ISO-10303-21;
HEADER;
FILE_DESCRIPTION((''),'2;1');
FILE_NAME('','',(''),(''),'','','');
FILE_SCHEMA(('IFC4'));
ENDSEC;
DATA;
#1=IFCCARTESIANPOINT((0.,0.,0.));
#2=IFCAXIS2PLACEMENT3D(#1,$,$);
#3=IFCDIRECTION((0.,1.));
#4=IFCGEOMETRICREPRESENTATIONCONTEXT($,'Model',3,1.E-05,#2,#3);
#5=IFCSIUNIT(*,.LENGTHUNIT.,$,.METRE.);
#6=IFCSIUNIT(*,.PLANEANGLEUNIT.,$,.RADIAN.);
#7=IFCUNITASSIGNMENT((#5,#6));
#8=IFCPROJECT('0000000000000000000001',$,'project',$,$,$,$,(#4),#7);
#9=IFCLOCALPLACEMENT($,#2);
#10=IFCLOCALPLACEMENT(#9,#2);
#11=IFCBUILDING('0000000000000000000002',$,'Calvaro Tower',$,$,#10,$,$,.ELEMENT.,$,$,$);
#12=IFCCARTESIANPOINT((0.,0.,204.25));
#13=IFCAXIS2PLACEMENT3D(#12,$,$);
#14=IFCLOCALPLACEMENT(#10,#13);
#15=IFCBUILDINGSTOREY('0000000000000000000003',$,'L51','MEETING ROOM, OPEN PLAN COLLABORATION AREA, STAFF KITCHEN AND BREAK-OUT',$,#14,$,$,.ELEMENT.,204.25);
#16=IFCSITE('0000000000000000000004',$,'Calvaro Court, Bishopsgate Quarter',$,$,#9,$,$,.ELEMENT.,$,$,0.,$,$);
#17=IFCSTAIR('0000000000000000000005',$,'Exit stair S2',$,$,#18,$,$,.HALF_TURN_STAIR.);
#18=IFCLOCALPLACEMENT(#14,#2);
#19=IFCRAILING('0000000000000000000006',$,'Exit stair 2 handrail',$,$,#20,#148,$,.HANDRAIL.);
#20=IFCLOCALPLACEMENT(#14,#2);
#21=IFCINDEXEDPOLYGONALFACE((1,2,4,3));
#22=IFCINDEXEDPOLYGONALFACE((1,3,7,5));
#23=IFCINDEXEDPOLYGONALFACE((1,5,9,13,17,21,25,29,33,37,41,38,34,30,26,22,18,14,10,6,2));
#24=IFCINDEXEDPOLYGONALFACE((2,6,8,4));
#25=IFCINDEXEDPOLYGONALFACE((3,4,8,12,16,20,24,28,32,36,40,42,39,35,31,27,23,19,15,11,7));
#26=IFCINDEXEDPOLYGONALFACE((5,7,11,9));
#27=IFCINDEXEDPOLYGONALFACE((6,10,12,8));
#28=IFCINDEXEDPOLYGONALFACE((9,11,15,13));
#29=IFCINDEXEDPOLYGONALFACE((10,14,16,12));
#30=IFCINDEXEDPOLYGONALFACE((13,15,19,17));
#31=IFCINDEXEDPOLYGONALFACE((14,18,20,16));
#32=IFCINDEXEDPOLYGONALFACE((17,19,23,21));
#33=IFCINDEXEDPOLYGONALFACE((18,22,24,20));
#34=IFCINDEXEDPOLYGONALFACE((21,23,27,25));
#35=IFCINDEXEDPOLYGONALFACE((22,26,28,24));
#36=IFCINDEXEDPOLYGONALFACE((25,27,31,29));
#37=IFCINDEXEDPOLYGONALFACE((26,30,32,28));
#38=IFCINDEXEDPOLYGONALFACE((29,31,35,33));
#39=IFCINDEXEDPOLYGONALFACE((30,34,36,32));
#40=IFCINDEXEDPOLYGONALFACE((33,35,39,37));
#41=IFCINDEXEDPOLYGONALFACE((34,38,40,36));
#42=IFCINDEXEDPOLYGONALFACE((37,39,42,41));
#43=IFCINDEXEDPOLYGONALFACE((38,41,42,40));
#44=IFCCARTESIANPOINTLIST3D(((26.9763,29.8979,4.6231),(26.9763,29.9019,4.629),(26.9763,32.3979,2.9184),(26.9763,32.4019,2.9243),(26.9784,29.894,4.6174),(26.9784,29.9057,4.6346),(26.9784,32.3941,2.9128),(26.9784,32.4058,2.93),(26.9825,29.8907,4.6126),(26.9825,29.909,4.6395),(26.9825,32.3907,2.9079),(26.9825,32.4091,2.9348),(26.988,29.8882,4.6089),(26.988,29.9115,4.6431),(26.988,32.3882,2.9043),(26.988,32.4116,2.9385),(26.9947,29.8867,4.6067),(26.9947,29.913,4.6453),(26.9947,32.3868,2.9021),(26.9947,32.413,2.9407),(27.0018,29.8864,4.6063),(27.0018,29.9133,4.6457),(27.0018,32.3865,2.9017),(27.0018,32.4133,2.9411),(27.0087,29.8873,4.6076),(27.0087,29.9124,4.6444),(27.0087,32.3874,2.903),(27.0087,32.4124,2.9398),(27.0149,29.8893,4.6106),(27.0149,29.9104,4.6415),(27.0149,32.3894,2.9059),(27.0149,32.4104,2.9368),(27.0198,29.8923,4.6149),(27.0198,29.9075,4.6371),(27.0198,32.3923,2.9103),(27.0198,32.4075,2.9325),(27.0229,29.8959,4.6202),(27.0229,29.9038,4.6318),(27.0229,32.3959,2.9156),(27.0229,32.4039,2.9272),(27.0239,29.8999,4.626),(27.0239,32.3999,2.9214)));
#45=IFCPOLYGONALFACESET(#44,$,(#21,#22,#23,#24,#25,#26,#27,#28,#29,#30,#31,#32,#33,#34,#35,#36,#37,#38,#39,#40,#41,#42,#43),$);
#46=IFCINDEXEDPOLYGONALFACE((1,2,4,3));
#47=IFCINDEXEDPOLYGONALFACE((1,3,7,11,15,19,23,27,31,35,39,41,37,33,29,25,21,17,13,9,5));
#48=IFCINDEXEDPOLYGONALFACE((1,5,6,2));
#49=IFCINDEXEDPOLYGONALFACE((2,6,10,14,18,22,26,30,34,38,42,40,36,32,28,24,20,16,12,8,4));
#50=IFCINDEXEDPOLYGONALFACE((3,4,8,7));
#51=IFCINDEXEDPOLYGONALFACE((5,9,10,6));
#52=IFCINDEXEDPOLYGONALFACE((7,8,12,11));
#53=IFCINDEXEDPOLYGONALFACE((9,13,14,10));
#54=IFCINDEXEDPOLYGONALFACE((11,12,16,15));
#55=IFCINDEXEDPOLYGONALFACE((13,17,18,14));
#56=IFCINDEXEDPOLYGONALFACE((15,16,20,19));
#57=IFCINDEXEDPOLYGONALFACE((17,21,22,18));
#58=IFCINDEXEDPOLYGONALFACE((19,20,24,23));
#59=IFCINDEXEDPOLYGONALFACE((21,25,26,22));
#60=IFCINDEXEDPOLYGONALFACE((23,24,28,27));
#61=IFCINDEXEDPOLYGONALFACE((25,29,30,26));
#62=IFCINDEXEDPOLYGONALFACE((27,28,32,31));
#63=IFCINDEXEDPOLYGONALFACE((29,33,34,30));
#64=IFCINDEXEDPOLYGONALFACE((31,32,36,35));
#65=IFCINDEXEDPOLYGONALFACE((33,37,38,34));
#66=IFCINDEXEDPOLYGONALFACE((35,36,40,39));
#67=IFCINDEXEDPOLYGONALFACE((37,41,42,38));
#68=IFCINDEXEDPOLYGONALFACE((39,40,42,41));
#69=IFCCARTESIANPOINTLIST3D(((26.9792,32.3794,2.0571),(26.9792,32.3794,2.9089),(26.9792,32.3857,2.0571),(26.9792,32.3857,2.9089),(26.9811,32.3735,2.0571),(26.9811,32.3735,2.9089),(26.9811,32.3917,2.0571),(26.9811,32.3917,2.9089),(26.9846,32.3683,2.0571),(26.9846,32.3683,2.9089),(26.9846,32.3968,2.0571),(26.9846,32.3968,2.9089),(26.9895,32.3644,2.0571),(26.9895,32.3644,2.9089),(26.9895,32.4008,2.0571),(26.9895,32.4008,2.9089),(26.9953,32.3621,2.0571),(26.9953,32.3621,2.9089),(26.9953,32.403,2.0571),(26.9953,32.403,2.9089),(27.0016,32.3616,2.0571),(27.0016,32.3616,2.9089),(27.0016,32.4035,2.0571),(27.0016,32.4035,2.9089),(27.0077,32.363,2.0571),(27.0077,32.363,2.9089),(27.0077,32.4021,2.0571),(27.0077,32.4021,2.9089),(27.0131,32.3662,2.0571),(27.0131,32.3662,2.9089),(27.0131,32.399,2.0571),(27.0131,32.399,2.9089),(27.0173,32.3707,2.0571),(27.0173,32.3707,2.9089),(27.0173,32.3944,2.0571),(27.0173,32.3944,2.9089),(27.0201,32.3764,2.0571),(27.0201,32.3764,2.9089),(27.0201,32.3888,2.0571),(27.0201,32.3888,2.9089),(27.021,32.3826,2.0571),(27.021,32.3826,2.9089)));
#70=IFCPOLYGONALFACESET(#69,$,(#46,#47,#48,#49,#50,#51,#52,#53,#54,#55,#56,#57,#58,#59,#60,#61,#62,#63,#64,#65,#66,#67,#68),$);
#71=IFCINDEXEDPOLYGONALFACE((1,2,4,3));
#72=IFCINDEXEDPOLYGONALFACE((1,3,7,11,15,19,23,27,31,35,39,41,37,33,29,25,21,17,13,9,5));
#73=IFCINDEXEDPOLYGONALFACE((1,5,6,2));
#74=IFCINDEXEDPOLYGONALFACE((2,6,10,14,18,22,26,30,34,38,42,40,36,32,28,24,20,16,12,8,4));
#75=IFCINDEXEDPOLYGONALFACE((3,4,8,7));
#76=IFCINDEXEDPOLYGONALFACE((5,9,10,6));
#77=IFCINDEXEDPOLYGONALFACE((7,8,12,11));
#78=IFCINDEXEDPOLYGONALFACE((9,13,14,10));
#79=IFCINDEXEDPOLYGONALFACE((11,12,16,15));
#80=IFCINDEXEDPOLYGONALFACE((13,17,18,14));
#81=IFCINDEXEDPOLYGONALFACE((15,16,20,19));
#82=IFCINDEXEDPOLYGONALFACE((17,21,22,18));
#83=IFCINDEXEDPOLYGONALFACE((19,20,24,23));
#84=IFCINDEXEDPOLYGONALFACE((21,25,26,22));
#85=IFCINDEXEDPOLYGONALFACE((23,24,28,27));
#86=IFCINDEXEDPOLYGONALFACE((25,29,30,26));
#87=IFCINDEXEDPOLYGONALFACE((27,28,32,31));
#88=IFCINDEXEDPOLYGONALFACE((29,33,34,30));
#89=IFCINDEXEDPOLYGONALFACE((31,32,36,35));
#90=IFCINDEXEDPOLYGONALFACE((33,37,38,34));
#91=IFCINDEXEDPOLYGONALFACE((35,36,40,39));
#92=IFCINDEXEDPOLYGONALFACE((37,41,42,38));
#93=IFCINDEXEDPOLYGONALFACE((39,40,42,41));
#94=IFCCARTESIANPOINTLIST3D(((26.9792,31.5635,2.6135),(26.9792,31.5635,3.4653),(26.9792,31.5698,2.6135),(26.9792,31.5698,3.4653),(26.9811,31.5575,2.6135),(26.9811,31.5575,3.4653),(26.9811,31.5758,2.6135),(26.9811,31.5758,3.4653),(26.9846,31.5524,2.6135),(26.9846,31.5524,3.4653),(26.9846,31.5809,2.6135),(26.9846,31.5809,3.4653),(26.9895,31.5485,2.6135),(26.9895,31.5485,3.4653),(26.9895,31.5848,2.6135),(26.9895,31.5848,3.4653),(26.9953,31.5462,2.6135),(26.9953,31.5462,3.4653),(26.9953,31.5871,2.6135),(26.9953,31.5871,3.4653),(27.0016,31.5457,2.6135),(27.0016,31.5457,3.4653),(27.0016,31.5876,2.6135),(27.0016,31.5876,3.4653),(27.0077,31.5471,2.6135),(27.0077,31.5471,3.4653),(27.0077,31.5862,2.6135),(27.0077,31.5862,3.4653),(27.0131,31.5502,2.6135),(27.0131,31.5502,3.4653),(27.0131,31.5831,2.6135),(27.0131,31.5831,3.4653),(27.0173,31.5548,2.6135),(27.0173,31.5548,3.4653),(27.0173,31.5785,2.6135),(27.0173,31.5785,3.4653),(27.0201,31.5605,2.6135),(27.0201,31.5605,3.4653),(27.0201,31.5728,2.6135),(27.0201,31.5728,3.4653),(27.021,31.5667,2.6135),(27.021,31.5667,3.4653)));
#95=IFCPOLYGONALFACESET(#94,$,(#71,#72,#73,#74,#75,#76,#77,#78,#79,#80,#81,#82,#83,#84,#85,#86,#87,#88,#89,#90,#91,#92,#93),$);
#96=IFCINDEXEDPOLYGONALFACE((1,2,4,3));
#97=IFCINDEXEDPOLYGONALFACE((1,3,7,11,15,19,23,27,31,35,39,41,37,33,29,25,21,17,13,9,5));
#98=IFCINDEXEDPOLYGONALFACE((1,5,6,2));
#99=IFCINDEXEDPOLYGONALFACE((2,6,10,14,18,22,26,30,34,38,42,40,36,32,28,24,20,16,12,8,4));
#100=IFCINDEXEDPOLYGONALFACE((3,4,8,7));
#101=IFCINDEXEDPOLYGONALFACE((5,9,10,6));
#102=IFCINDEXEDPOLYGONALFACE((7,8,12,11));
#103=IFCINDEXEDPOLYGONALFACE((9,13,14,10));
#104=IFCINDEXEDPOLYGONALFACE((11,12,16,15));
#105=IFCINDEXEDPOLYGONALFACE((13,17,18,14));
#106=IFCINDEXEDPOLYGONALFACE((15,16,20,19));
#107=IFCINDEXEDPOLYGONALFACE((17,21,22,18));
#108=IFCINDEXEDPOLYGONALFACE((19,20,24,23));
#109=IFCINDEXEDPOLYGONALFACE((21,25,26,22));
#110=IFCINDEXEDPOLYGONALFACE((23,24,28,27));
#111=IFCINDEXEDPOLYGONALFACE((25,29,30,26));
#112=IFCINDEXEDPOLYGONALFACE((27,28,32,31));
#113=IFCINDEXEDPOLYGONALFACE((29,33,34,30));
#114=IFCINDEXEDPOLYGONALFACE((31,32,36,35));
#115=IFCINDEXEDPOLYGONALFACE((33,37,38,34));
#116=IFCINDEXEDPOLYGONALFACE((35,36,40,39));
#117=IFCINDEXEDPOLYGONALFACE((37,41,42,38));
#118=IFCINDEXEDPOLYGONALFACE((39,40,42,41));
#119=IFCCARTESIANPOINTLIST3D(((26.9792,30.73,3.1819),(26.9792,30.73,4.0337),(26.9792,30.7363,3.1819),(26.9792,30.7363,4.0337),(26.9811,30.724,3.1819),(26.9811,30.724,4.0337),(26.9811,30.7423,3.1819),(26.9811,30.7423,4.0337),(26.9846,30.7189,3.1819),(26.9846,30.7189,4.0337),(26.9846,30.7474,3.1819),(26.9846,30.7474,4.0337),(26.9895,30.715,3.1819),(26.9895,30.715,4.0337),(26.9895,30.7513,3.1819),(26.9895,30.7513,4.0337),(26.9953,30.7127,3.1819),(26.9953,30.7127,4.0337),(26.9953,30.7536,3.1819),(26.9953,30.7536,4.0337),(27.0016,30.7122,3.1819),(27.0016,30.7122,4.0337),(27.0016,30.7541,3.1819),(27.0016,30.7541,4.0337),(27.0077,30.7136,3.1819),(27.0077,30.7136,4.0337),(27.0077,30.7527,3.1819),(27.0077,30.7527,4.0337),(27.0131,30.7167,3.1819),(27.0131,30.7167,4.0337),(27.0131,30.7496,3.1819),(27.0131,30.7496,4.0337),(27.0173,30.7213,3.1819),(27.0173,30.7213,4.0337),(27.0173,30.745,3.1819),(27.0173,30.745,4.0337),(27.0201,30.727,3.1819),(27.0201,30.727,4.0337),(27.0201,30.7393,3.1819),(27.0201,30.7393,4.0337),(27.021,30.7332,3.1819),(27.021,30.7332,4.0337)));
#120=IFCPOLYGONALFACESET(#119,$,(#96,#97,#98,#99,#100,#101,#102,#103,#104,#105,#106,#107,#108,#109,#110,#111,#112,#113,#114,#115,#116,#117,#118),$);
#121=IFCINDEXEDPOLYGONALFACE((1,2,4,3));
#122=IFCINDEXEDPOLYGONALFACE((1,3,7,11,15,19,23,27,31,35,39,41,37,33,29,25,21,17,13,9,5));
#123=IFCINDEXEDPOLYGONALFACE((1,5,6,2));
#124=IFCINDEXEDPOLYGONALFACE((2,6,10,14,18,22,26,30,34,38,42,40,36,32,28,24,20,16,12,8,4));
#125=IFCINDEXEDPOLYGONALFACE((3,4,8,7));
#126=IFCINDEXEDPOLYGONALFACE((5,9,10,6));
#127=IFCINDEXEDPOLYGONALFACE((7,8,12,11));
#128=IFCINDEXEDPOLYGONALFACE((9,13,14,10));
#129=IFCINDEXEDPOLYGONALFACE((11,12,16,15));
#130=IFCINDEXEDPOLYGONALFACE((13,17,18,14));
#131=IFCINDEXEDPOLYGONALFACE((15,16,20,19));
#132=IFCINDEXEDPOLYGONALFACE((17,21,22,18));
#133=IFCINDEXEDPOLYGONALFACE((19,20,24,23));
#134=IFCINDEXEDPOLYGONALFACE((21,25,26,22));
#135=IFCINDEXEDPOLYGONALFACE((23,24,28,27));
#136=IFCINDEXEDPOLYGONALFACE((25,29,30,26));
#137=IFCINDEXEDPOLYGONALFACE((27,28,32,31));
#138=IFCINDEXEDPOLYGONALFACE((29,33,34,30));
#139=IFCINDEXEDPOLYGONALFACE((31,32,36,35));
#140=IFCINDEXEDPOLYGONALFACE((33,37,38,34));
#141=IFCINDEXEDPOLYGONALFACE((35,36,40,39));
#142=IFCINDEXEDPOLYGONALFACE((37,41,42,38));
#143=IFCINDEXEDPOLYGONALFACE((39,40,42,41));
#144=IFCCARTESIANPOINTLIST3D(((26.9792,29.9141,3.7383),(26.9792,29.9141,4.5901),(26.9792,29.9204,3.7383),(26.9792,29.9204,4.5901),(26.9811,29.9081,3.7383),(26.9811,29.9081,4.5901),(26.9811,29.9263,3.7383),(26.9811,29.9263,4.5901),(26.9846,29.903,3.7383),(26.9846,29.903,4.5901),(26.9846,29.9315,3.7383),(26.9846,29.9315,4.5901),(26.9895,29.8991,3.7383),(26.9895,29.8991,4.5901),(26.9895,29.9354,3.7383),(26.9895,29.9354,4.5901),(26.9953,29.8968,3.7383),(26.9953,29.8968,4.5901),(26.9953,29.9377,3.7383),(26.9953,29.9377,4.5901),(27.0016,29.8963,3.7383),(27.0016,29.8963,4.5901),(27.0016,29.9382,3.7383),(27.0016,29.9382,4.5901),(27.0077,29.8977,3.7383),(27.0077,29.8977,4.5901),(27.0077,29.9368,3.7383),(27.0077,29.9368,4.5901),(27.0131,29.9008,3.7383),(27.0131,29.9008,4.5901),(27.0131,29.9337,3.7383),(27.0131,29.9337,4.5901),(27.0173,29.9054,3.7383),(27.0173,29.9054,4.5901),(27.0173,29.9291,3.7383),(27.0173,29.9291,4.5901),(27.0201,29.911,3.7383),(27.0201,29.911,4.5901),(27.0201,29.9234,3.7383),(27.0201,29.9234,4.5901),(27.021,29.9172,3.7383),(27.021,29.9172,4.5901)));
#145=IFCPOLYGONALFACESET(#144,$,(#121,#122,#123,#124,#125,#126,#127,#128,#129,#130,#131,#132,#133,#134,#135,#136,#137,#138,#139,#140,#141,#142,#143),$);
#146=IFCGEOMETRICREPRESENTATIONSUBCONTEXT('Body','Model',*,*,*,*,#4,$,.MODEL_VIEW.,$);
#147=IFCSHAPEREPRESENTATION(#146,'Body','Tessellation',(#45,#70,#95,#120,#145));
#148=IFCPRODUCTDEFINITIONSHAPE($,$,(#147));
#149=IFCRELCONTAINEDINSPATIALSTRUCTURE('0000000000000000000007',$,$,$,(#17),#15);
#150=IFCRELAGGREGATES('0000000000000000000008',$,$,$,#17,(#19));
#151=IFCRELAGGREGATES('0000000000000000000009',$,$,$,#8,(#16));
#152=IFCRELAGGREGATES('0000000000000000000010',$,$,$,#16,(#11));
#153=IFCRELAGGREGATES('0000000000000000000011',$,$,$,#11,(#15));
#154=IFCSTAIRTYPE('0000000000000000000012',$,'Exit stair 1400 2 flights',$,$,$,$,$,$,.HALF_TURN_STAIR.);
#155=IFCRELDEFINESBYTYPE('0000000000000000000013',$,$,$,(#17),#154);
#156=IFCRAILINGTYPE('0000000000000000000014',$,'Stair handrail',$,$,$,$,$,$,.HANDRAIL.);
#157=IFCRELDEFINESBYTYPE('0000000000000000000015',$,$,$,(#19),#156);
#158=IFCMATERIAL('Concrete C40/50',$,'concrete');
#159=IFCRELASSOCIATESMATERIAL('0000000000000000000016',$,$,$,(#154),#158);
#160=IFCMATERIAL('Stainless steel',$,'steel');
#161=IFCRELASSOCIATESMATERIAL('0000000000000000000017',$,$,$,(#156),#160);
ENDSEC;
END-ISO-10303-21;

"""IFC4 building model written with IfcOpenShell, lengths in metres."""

from ifc_helpers import new_model, si_unit, direction, frame, origin, origin_2d, place, context, subcontext, project, spatial, circle, extrude, material, type_object, element, aggregate, save


model = new_model("IFC4")

# Units and contexts
model_context = context("Model", 3, precision=1e-05, world=origin(), true_north=direction((0.0, 1.0)))
body_context = subcontext(model_context, "Body", "Model", "MODEL_VIEW")
ifc_project = project(units=[si_unit("LENGTHUNIT", "METRE"), si_unit("PLANEANGLEUNIT", "RADIAN")], contexts=[model_context])

# Site, building, storey
site_placement = place(None, origin())
site = spatial("IfcSite", under=ifc_project, at=site_placement, Name="Calvaro Court, Bishopsgate Quarter", CompositionType="ELEMENT", RefElevation=0.0)
building_placement = place(site_placement, origin())
building = spatial("IfcBuilding", under=site, at=building_placement, Name="Calvaro Tower", CompositionType="ELEMENT")
storey_placement = place(building_placement, frame((0.0, 0.0, 204.25)))
storey = spatial("IfcBuildingStorey", under=building, at=storey_placement, Name="L51", Description="MEETING ROOM, OPEN PLAN COLLABORATION AREA, STAFF KITCHEN AND BREAK-OUT", CompositionType="ELEMENT", Elevation=204.25)

# Stair, railing
ifc_material_1 = material(Name="Concrete C40/50", Category="concrete")
stair_type = type_object("IfcStairType", Name="Exit stair 1400 2 flights", PredefinedType="HALF_TURN_STAIR", material=ifc_material_1)
stair_placement = place(storey_placement, origin())
stair = element("IfcStair", 1, at=stair_placement, inside=storey, type_object=stair_type, Name="Exit stair S2", PredefinedType="HALF_TURN_STAIR")
ifc_material_2 = material(Name="Stainless steel", Category="steel")
railing_type = type_object("IfcRailingType", Name="Stair handrail", PredefinedType="HANDRAIL", material=ifc_material_2)
railing_1_placement = place(storey_placement, frame((27.0, 32.3999, 2.0454)))
railing_1 = element("IfcRailing", 2, at=railing_1_placement, type_object=railing_type, Name="Exit stair 2 handrail", PredefinedType="HANDRAIL", context=body_context, shape_type="SweptSolid", body=[
    extrude(circle(Radius=0.0239, at=origin_2d()), frame((0.0, 0.0, 0.876), z_axis=(0.0, -0.826221, 0.563347), x_axis=(1.0, 0.0, 0.0)), (0.0, 0.0, 1.0), 3.0259),
    extrude(circle(Radius=0.021, at=origin_2d()), frame((0.0, -0.0173, 0.0117)), (0.0, 0.0, 1.0), 0.8518),
    extrude(circle(Radius=0.021, at=origin_2d()), frame((0.0, -0.8333, 0.5681)), (0.0, 0.0, 1.0), 0.8518),
    extrude(circle(Radius=0.021, at=origin_2d()), frame((0.0, -1.6667, 1.1365)), (0.0, 0.0, 1.0), 0.8518),
    extrude(circle(Radius=0.021, at=origin_2d()), frame((0.0, -2.4827, 1.6929)), (0.0, 0.0, 1.0), 0.8518),
])
aggregate(stair, [railing_1])

save(model, "model.ifc")
